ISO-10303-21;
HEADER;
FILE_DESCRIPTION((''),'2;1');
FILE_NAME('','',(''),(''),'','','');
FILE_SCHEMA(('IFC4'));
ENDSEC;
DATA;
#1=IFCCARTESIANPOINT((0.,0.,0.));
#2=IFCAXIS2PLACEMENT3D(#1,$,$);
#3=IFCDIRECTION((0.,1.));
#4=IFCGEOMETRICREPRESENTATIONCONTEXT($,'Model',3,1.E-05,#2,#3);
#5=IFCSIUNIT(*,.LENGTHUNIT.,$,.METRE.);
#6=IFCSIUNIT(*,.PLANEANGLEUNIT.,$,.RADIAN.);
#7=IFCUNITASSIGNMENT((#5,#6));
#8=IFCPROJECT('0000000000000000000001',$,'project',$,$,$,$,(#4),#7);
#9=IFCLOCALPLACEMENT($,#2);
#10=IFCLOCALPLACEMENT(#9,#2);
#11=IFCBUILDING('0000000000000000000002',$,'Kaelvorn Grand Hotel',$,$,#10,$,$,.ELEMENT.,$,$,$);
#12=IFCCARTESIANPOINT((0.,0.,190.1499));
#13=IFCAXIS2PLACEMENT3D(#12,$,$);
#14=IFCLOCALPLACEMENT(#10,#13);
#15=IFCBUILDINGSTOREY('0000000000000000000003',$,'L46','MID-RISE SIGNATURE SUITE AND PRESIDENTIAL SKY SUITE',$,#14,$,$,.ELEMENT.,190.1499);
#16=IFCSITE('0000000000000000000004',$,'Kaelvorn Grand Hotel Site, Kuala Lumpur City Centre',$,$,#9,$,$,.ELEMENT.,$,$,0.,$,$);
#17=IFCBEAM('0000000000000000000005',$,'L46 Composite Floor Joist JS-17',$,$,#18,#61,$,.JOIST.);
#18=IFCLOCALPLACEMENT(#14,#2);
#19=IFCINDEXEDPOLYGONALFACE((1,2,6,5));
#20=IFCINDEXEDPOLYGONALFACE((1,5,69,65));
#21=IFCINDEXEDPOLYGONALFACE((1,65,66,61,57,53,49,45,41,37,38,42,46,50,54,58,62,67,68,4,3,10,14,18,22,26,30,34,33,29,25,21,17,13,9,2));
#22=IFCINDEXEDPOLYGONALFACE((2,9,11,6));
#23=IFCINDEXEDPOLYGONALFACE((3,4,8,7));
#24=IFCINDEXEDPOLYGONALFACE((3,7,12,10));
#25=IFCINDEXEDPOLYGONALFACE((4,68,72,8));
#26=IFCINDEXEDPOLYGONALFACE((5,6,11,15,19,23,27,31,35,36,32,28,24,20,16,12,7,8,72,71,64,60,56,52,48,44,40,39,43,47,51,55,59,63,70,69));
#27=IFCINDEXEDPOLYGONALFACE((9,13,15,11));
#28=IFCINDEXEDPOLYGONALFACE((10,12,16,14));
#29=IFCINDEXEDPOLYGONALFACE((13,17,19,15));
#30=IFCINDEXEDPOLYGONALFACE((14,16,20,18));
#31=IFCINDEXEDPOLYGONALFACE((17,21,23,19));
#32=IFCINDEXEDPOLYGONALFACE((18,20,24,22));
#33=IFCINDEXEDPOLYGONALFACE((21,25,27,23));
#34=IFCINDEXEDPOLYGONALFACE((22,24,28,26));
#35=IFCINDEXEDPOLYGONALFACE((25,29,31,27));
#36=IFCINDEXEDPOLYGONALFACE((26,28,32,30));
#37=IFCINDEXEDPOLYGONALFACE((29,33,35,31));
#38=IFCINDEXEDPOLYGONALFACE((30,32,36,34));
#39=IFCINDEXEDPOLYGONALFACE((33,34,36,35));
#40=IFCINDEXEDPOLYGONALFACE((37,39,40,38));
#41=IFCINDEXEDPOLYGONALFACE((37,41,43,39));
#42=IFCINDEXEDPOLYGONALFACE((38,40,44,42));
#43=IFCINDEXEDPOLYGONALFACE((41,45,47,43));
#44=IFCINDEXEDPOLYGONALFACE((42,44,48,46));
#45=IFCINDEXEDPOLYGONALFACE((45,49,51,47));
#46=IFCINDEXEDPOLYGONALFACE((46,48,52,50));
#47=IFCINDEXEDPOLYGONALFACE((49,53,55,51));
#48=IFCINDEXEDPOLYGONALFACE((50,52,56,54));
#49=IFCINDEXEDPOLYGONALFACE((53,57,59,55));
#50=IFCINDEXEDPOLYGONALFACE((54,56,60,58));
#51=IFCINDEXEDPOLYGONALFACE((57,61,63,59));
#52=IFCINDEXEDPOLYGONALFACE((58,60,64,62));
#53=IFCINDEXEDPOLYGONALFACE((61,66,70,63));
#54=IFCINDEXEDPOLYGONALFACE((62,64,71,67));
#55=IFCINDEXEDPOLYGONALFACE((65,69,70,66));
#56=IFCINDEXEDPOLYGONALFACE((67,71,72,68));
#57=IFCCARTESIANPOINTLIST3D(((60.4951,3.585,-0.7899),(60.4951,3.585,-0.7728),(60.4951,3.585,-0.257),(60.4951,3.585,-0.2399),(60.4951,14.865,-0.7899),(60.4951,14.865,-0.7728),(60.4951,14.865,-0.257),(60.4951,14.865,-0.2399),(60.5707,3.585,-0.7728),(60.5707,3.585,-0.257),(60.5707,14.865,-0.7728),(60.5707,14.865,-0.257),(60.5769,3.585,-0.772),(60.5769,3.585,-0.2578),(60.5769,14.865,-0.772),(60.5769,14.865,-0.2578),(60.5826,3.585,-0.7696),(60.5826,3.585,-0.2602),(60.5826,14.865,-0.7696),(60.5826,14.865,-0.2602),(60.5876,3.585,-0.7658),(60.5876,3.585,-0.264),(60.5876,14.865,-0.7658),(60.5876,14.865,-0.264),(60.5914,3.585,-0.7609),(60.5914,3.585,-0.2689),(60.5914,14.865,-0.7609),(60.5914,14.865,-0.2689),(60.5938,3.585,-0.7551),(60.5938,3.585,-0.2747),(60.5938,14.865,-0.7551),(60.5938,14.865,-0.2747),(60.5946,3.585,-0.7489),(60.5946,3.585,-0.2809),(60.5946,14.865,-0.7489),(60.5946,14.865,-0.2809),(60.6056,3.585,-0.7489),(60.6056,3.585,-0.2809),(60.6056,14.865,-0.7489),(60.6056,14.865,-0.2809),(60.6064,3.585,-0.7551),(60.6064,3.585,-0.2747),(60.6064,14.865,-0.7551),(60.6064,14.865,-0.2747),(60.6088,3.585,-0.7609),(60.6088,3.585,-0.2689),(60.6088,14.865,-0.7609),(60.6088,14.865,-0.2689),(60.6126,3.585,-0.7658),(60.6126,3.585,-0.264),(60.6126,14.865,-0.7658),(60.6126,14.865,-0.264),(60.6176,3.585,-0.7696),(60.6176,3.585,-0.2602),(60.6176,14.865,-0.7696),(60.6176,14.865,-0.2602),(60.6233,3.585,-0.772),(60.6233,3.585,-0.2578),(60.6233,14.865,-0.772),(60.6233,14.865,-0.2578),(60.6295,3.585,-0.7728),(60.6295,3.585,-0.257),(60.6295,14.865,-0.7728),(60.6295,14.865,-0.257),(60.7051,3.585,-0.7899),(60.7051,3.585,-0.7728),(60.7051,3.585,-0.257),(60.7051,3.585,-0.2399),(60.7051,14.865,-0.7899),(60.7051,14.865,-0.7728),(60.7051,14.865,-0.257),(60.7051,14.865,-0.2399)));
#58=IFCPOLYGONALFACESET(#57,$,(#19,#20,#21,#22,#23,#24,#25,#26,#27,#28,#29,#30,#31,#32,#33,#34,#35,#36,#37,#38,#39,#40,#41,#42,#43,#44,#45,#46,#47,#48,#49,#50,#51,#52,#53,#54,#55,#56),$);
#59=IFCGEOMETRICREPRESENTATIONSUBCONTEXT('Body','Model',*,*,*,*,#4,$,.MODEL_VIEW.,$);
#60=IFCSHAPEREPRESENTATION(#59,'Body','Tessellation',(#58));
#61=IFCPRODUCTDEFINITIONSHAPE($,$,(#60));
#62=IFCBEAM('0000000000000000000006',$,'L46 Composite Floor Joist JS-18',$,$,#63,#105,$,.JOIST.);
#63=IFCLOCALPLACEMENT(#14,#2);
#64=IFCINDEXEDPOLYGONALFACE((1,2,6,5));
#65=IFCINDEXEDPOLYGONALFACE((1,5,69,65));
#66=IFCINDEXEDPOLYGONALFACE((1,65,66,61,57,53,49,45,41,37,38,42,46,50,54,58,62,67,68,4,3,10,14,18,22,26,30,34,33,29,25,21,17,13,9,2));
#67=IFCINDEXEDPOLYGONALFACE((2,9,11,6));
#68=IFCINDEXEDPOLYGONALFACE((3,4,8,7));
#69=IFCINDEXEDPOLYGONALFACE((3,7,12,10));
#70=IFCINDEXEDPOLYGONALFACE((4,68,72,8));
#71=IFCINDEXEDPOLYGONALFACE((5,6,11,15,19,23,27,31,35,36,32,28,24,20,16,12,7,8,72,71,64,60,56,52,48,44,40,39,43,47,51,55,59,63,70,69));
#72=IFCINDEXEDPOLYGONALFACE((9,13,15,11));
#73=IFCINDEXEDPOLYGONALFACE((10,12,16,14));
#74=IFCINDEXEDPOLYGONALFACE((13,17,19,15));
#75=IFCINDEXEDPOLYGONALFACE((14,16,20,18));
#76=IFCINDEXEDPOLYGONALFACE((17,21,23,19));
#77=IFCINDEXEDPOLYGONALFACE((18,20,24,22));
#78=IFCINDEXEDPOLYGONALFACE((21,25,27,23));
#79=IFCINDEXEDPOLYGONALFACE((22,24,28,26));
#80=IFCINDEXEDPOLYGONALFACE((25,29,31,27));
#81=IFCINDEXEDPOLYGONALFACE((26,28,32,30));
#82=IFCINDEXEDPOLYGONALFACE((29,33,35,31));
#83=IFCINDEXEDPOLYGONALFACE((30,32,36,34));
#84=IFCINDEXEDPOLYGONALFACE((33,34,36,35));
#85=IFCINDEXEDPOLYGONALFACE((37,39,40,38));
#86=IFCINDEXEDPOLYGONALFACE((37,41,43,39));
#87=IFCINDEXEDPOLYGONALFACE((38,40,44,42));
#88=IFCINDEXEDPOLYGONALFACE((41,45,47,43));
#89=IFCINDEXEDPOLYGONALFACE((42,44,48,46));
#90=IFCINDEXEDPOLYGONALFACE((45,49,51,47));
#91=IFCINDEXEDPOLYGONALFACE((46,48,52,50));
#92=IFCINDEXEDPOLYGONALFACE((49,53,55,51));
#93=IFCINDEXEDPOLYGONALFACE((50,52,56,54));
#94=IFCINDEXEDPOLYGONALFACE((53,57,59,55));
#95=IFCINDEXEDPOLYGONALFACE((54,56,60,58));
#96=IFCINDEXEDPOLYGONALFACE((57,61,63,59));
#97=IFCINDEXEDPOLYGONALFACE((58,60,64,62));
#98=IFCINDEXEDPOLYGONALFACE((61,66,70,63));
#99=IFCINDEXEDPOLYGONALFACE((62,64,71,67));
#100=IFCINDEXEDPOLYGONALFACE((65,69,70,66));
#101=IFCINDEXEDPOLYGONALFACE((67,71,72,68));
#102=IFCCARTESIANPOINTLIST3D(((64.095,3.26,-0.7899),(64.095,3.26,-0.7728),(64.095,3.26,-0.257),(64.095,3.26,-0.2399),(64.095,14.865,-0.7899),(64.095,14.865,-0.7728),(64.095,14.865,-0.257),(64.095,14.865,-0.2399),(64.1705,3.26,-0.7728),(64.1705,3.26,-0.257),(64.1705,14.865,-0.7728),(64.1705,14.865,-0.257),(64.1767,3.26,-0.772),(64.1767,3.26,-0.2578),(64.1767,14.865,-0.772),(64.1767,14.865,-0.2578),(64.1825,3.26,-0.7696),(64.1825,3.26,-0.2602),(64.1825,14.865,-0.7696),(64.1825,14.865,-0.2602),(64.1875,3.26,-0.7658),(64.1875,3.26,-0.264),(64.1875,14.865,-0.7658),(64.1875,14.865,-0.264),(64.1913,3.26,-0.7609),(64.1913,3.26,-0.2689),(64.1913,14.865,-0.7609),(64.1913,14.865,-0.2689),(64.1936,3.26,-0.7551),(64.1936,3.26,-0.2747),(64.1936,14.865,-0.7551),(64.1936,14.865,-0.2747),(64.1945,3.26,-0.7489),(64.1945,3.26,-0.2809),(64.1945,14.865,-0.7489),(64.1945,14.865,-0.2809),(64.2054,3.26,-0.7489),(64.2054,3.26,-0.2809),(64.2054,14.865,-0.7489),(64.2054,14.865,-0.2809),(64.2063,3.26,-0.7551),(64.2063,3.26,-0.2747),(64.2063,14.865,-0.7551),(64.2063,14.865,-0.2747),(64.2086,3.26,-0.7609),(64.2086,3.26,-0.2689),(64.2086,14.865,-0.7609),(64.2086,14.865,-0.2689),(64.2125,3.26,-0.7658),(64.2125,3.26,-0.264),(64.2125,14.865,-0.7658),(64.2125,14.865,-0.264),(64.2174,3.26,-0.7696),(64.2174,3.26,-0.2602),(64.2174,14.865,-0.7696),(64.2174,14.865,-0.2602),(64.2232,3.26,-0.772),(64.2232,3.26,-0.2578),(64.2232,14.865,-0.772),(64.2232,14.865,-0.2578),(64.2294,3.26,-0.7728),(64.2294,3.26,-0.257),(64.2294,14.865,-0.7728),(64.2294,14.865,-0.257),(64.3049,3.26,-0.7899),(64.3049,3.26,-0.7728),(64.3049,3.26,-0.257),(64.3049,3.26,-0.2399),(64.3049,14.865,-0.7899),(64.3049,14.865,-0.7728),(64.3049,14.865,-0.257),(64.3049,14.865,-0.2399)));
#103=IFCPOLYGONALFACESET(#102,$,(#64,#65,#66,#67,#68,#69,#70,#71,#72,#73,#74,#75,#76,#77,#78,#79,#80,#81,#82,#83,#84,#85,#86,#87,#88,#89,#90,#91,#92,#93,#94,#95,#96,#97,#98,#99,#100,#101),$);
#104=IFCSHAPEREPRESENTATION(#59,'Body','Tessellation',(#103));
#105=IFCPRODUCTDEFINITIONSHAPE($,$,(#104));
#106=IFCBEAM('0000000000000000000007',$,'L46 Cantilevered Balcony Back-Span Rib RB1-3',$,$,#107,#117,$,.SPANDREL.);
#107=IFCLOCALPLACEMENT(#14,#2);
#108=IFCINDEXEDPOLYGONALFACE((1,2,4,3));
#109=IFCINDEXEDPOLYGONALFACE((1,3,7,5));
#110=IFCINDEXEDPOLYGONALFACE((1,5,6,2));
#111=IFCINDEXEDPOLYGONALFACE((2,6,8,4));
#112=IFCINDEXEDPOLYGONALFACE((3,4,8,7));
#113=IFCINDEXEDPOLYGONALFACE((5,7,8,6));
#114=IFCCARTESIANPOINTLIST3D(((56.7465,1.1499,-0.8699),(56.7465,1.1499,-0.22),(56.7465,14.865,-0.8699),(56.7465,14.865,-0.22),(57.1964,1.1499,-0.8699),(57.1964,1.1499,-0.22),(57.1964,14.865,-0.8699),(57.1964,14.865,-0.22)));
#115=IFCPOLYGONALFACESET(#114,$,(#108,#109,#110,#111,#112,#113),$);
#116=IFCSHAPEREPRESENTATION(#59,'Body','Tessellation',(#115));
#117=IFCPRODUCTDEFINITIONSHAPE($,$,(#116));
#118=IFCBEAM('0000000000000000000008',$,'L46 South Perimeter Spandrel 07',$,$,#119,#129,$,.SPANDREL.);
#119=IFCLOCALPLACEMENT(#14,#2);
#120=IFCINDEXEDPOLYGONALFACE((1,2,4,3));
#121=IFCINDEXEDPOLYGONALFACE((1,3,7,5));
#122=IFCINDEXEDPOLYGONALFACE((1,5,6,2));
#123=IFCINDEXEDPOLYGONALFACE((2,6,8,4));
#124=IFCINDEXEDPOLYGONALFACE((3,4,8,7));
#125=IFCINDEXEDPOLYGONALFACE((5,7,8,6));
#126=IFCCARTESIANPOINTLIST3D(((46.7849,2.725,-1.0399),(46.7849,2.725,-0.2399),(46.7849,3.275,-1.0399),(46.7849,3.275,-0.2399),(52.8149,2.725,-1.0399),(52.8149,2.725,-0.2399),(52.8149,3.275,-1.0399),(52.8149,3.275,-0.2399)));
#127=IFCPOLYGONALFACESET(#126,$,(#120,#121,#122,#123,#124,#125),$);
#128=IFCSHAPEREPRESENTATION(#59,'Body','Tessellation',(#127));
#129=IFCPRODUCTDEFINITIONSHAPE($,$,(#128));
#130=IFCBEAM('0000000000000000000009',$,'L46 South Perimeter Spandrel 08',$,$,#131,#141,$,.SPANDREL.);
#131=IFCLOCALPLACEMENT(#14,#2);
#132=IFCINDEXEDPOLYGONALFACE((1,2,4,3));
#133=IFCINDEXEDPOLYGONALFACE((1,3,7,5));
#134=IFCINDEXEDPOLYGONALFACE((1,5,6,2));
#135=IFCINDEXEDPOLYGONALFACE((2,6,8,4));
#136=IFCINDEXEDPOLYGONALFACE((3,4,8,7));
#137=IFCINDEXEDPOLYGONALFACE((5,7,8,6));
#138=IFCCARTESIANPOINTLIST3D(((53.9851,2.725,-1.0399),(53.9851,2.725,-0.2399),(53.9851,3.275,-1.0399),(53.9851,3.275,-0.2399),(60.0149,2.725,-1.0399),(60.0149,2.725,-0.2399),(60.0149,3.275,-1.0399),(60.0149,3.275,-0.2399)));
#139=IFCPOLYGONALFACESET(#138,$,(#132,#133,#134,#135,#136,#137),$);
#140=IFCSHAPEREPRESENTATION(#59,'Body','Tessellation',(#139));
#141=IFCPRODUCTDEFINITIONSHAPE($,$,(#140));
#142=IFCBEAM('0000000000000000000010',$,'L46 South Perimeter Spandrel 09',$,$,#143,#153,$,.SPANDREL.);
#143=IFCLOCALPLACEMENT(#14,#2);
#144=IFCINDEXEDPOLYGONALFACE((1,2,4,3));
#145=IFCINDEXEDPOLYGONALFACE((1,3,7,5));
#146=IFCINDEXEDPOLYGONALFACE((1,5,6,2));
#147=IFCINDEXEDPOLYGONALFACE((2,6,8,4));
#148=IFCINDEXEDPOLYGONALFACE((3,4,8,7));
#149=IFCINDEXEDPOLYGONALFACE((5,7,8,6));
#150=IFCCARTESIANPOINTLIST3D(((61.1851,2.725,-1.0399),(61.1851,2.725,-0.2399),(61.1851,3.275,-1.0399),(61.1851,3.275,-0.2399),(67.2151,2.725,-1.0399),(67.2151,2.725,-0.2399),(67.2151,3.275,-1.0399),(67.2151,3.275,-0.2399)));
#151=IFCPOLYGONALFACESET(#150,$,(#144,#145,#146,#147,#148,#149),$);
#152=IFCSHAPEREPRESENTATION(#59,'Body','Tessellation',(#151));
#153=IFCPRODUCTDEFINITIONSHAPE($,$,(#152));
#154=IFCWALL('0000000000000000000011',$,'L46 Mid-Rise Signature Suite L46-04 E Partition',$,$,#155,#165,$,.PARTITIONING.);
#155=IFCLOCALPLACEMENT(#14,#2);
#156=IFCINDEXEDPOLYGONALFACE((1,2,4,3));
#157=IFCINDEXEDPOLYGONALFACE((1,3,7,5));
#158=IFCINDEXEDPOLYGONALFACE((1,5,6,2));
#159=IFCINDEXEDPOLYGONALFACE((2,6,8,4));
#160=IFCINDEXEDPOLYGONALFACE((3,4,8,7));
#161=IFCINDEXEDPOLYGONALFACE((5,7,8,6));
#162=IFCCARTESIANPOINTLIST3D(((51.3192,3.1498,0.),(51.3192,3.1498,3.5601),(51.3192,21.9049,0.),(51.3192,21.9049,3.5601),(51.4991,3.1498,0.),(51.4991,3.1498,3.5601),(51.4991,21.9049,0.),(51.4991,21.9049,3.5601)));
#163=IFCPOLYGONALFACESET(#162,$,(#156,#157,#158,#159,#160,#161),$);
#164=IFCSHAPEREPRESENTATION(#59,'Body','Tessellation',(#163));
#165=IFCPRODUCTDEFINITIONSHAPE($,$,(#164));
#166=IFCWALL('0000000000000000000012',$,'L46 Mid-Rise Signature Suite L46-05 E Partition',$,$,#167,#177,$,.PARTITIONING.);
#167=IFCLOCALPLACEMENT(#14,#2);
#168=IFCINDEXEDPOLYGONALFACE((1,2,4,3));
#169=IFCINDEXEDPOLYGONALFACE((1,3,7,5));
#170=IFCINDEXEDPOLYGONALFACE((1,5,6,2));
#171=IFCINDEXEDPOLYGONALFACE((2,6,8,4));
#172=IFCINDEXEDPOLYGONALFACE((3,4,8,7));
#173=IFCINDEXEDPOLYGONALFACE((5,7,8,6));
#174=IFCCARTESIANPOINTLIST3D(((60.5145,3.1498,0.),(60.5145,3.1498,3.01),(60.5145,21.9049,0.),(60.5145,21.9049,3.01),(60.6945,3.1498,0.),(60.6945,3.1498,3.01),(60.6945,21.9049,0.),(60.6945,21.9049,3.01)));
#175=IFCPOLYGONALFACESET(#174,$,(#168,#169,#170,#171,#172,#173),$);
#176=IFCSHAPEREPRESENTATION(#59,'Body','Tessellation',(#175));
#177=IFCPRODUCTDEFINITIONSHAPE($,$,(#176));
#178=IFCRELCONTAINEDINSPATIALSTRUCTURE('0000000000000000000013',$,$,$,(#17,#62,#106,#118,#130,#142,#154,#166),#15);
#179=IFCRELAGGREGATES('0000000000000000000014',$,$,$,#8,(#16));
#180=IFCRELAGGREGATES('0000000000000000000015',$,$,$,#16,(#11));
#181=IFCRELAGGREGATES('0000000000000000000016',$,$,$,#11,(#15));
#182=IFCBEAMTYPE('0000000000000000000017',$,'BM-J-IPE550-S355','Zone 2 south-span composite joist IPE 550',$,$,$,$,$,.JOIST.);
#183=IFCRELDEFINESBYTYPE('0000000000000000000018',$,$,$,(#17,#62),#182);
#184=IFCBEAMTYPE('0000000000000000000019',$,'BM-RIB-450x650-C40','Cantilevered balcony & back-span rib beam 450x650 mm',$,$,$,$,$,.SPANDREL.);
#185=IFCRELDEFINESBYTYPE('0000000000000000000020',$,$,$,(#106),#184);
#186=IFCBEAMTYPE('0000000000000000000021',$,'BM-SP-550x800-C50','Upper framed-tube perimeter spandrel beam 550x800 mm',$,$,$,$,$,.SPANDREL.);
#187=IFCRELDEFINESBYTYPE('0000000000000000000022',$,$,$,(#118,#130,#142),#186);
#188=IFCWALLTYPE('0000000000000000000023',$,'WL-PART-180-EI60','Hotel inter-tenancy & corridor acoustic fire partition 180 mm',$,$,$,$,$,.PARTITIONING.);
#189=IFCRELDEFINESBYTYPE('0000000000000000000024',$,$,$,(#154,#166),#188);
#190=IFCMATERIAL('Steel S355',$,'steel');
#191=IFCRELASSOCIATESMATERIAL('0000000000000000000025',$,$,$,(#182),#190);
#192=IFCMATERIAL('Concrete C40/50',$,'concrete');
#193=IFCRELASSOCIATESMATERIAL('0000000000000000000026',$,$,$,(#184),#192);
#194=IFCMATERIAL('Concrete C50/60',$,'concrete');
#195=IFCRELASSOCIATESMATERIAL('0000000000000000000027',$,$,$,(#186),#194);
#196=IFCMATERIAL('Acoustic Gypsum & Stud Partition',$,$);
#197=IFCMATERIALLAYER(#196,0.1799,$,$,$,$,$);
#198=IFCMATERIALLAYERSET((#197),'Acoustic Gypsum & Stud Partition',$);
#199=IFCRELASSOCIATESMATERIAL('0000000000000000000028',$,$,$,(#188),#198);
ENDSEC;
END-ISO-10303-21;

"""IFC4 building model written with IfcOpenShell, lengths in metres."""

from ifc_helpers import new_model, si_unit, direction, frame, frame_2d, origin, origin_2d, place, context, subcontext, project, spatial, rectangle, i_section, extrude, material, layer, layer_set, material_profile, profile_set, type_object, element, save


model = new_model("IFC4")

# Units and contexts
model_context = context("Model", 3, precision=1e-05, world=origin(), true_north=direction((0.0, 1.0)))
body_context = subcontext(model_context, "Body", "Model", "MODEL_VIEW")
ifc_project = project(units=[si_unit("LENGTHUNIT", "METRE"), si_unit("PLANEANGLEUNIT", "RADIAN")], contexts=[model_context])

# Site, building, storey
site_placement = place(None, origin())
site = spatial("IfcSite", under=ifc_project, at=site_placement, Name="Kaelvorn Grand Hotel Site, Kuala Lumpur City Centre", CompositionType="ELEMENT", RefElevation=0.0)
building_placement = place(site_placement, origin())
building = spatial("IfcBuilding", under=site, at=building_placement, Name="Kaelvorn Grand Hotel", CompositionType="ELEMENT")
storey_placement = place(building_placement, frame((0.0, 0.0, 190.1499)))
storey = spatial("IfcBuildingStorey", under=building, at=storey_placement, Name="L46", Description="MID-RISE SIGNATURE SUITE AND PRESIDENTIAL SKY SUITE", CompositionType="ELEMENT", Elevation=190.1499)

# Beams
ifc_material_1 = material(Name="Steel S355", Category="steel")
ifc_material_profile_1 = material_profile(ifc_material_1, i_section(OverallWidth=0.21, OverallDepth=0.55, WebThickness=0.011, FlangeThickness=0.0171, FilletRadius=0.0239, at=origin_2d()), Name="IPE 550")
ifc_profile_set_1 = profile_set([ifc_material_profile_1], Name="Steel S355")
beam_type_1 = type_object("IfcBeamType", Name="BM-J-IPE550-S355", Description="Zone 2 south-span composite joist IPE 550", PredefinedType="JOIST", material=ifc_profile_set_1)
for number, where, z_axis, x_axis, name in (
    (1, (60.6001, 3.585, -0.5149), (0.0, 1.0, 0.0), (-1.0, 0.0, 0.0), "L46 Composite Floor Joist JS-17"),
):
    element("IfcBeam", number, at=place(storey_placement, frame(where, z_axis=z_axis, x_axis=x_axis)), inside=storey, type_object=beam_type_1, Name=name, PredefinedType="JOIST", context=body_context, shape_type="SweptSolid", body=[
        extrude(i_section(OverallWidth=0.21, OverallDepth=0.55, WebThickness=0.011, FlangeThickness=0.0171, FilletRadius=0.0239, at=origin_2d()), origin(), (0.0, 0.0, 1.0), 11.28),
    ])
beam_1_placement = place(storey_placement, frame((64.2, 3.26, -0.5149), z_axis=(0.0, 1.0, 0.0), x_axis=(-1.0, 0.0, 0.0)))
element("IfcBeam", 2, at=beam_1_placement, inside=storey, type_object=beam_type_1, Name="L46 Composite Floor Joist JS-18", PredefinedType="JOIST", context=body_context, shape_type="SweptSolid", body=[
    extrude(i_section(OverallWidth=0.21, OverallDepth=0.55, WebThickness=0.011, FlangeThickness=0.0171, FilletRadius=0.0239, at=origin_2d()), origin(), (0.0, 0.0, 1.0), 11.605),
])
ifc_material_2 = material(Name="Concrete C40/50", Category="concrete")
ifc_material_profile_2 = material_profile(ifc_material_2, rectangle(XDim=0.45, YDim=0.6499, at=origin_2d()), Name="RC RIB 450x650")
ifc_profile_set_2 = profile_set([ifc_material_profile_2], Name="Concrete C40/50")
beam_type_2 = type_object("IfcBeamType", Name="BM-RIB-450x650-C40", Description="Cantilevered balcony & back-span rib beam 450x650 mm", PredefinedType="SPANDREL", material=ifc_profile_set_2)
beam_2_placement = place(storey_placement, frame((56.9714, 1.1499, -0.5449), z_axis=(0.0, 1.0, 0.0), x_axis=(-1.0, 0.0, 0.0)))
element("IfcBeam", 3, at=beam_2_placement, inside=storey, type_object=beam_type_2, Name="L46 Cantilevered Balcony Back-Span Rib RB1-3", PredefinedType="SPANDREL", context=body_context, shape_type="SweptSolid", body=[
    extrude(rectangle(XDim=0.45, YDim=0.6499, at=origin_2d()), origin(), (0.0, 0.0, 1.0), 13.7151),
])
ifc_material_3 = material(Name="Concrete C50/60", Category="concrete")
ifc_material_profile_3 = material_profile(ifc_material_3, rectangle(XDim=0.55, YDim=0.8, at=origin_2d()), Name="RC SPANDREL 550x800")
ifc_profile_set_3 = profile_set([ifc_material_profile_3], Name="Concrete C50/60")
beam_type_3 = type_object("IfcBeamType", Name="BM-SP-550x800-C50", Description="Upper framed-tube perimeter spandrel beam 550x800 mm", PredefinedType="SPANDREL", material=ifc_profile_set_3)
beam_3_placement = place(storey_placement, frame((46.7849, 3.0, -0.6399), z_axis=(1.0, 0.0, 0.0), x_axis=(0.0, 1.0, 0.0)))
element("IfcBeam", 4, at=beam_3_placement, inside=storey, type_object=beam_type_3, Name="L46 South Perimeter Spandrel 07", PredefinedType="SPANDREL", context=body_context, shape_type="SweptSolid", body=[
    extrude(rectangle(XDim=0.55, YDim=0.8, at=origin_2d()), origin(), (0.0, 0.0, 1.0), 6.03),
])
beam_4_placement = place(storey_placement, frame((53.9851, 3.0, -0.6399), z_axis=(1.0, 0.0, 0.0), x_axis=(0.0, 1.0, 0.0)))
element("IfcBeam", 5, at=beam_4_placement, inside=storey, type_object=beam_type_3, Name="L46 South Perimeter Spandrel 08", PredefinedType="SPANDREL", context=body_context, shape_type="SweptSolid", body=[
    extrude(rectangle(XDim=0.55, YDim=0.8, at=origin_2d()), origin(), (0.0, 0.0, 1.0), 6.0298),
])
beam_5_placement = place(storey_placement, frame((61.1851, 3.0, -0.6399), z_axis=(1.0, 0.0, 0.0), x_axis=(0.0, 1.0, 0.0)))
element("IfcBeam", 6, at=beam_5_placement, inside=storey, type_object=beam_type_3, Name="L46 South Perimeter Spandrel 09", PredefinedType="SPANDREL", context=body_context, shape_type="SweptSolid", body=[
    extrude(rectangle(XDim=0.55, YDim=0.8, at=origin_2d()), origin(), (0.0, 0.0, 1.0), 6.03),
])

# Walls
ifc_material_4 = material(Name="Acoustic Gypsum & Stud Partition")
ifc_layer_1 = layer(ifc_material_4, 0.1799)
ifc_layer_set_1 = layer_set([ifc_layer_1], Name="Acoustic Gypsum & Stud Partition")
wall_type = type_object("IfcWallType", Name="WL-PART-180-EI60", Description="Hotel inter-tenancy & corridor acoustic fire partition 180 mm", PredefinedType="PARTITIONING", material=ifc_layer_set_1)
wall_1_placement = place(storey_placement, frame((51.4092, 3.1499, 0.0), z_axis=(0.0, 0.0, 1.0), x_axis=(0.0, 1.0, 0.0)))
element("IfcWall", 7, at=wall_1_placement, inside=storey, type_object=wall_type, Name="L46 Mid-Rise Signature Suite L46-04 E Partition", PredefinedType="PARTITIONING", context=body_context, shape_type="SweptSolid", body=[
    extrude(rectangle(XDim=18.7551, YDim=0.1799, at=frame_2d((9.3774, 0.0))), origin(), (0.0, 0.0, 1.0), 3.5601),
])
wall_2_placement = place(storey_placement, frame((60.6045, 3.1499, 0.0), z_axis=(0.0, 0.0, 1.0), x_axis=(0.0, 1.0, 0.0)))
element("IfcWall", 8, at=wall_2_placement, inside=storey, type_object=wall_type, Name="L46 Mid-Rise Signature Suite L46-05 E Partition", PredefinedType="PARTITIONING", context=body_context, shape_type="SweptSolid", body=[
    extrude(rectangle(XDim=18.7551, YDim=0.1799, at=frame_2d((9.3774, 0.0))), origin(), (0.0, 0.0, 1.0), 3.01),
])

save(model, "model.ifc")
